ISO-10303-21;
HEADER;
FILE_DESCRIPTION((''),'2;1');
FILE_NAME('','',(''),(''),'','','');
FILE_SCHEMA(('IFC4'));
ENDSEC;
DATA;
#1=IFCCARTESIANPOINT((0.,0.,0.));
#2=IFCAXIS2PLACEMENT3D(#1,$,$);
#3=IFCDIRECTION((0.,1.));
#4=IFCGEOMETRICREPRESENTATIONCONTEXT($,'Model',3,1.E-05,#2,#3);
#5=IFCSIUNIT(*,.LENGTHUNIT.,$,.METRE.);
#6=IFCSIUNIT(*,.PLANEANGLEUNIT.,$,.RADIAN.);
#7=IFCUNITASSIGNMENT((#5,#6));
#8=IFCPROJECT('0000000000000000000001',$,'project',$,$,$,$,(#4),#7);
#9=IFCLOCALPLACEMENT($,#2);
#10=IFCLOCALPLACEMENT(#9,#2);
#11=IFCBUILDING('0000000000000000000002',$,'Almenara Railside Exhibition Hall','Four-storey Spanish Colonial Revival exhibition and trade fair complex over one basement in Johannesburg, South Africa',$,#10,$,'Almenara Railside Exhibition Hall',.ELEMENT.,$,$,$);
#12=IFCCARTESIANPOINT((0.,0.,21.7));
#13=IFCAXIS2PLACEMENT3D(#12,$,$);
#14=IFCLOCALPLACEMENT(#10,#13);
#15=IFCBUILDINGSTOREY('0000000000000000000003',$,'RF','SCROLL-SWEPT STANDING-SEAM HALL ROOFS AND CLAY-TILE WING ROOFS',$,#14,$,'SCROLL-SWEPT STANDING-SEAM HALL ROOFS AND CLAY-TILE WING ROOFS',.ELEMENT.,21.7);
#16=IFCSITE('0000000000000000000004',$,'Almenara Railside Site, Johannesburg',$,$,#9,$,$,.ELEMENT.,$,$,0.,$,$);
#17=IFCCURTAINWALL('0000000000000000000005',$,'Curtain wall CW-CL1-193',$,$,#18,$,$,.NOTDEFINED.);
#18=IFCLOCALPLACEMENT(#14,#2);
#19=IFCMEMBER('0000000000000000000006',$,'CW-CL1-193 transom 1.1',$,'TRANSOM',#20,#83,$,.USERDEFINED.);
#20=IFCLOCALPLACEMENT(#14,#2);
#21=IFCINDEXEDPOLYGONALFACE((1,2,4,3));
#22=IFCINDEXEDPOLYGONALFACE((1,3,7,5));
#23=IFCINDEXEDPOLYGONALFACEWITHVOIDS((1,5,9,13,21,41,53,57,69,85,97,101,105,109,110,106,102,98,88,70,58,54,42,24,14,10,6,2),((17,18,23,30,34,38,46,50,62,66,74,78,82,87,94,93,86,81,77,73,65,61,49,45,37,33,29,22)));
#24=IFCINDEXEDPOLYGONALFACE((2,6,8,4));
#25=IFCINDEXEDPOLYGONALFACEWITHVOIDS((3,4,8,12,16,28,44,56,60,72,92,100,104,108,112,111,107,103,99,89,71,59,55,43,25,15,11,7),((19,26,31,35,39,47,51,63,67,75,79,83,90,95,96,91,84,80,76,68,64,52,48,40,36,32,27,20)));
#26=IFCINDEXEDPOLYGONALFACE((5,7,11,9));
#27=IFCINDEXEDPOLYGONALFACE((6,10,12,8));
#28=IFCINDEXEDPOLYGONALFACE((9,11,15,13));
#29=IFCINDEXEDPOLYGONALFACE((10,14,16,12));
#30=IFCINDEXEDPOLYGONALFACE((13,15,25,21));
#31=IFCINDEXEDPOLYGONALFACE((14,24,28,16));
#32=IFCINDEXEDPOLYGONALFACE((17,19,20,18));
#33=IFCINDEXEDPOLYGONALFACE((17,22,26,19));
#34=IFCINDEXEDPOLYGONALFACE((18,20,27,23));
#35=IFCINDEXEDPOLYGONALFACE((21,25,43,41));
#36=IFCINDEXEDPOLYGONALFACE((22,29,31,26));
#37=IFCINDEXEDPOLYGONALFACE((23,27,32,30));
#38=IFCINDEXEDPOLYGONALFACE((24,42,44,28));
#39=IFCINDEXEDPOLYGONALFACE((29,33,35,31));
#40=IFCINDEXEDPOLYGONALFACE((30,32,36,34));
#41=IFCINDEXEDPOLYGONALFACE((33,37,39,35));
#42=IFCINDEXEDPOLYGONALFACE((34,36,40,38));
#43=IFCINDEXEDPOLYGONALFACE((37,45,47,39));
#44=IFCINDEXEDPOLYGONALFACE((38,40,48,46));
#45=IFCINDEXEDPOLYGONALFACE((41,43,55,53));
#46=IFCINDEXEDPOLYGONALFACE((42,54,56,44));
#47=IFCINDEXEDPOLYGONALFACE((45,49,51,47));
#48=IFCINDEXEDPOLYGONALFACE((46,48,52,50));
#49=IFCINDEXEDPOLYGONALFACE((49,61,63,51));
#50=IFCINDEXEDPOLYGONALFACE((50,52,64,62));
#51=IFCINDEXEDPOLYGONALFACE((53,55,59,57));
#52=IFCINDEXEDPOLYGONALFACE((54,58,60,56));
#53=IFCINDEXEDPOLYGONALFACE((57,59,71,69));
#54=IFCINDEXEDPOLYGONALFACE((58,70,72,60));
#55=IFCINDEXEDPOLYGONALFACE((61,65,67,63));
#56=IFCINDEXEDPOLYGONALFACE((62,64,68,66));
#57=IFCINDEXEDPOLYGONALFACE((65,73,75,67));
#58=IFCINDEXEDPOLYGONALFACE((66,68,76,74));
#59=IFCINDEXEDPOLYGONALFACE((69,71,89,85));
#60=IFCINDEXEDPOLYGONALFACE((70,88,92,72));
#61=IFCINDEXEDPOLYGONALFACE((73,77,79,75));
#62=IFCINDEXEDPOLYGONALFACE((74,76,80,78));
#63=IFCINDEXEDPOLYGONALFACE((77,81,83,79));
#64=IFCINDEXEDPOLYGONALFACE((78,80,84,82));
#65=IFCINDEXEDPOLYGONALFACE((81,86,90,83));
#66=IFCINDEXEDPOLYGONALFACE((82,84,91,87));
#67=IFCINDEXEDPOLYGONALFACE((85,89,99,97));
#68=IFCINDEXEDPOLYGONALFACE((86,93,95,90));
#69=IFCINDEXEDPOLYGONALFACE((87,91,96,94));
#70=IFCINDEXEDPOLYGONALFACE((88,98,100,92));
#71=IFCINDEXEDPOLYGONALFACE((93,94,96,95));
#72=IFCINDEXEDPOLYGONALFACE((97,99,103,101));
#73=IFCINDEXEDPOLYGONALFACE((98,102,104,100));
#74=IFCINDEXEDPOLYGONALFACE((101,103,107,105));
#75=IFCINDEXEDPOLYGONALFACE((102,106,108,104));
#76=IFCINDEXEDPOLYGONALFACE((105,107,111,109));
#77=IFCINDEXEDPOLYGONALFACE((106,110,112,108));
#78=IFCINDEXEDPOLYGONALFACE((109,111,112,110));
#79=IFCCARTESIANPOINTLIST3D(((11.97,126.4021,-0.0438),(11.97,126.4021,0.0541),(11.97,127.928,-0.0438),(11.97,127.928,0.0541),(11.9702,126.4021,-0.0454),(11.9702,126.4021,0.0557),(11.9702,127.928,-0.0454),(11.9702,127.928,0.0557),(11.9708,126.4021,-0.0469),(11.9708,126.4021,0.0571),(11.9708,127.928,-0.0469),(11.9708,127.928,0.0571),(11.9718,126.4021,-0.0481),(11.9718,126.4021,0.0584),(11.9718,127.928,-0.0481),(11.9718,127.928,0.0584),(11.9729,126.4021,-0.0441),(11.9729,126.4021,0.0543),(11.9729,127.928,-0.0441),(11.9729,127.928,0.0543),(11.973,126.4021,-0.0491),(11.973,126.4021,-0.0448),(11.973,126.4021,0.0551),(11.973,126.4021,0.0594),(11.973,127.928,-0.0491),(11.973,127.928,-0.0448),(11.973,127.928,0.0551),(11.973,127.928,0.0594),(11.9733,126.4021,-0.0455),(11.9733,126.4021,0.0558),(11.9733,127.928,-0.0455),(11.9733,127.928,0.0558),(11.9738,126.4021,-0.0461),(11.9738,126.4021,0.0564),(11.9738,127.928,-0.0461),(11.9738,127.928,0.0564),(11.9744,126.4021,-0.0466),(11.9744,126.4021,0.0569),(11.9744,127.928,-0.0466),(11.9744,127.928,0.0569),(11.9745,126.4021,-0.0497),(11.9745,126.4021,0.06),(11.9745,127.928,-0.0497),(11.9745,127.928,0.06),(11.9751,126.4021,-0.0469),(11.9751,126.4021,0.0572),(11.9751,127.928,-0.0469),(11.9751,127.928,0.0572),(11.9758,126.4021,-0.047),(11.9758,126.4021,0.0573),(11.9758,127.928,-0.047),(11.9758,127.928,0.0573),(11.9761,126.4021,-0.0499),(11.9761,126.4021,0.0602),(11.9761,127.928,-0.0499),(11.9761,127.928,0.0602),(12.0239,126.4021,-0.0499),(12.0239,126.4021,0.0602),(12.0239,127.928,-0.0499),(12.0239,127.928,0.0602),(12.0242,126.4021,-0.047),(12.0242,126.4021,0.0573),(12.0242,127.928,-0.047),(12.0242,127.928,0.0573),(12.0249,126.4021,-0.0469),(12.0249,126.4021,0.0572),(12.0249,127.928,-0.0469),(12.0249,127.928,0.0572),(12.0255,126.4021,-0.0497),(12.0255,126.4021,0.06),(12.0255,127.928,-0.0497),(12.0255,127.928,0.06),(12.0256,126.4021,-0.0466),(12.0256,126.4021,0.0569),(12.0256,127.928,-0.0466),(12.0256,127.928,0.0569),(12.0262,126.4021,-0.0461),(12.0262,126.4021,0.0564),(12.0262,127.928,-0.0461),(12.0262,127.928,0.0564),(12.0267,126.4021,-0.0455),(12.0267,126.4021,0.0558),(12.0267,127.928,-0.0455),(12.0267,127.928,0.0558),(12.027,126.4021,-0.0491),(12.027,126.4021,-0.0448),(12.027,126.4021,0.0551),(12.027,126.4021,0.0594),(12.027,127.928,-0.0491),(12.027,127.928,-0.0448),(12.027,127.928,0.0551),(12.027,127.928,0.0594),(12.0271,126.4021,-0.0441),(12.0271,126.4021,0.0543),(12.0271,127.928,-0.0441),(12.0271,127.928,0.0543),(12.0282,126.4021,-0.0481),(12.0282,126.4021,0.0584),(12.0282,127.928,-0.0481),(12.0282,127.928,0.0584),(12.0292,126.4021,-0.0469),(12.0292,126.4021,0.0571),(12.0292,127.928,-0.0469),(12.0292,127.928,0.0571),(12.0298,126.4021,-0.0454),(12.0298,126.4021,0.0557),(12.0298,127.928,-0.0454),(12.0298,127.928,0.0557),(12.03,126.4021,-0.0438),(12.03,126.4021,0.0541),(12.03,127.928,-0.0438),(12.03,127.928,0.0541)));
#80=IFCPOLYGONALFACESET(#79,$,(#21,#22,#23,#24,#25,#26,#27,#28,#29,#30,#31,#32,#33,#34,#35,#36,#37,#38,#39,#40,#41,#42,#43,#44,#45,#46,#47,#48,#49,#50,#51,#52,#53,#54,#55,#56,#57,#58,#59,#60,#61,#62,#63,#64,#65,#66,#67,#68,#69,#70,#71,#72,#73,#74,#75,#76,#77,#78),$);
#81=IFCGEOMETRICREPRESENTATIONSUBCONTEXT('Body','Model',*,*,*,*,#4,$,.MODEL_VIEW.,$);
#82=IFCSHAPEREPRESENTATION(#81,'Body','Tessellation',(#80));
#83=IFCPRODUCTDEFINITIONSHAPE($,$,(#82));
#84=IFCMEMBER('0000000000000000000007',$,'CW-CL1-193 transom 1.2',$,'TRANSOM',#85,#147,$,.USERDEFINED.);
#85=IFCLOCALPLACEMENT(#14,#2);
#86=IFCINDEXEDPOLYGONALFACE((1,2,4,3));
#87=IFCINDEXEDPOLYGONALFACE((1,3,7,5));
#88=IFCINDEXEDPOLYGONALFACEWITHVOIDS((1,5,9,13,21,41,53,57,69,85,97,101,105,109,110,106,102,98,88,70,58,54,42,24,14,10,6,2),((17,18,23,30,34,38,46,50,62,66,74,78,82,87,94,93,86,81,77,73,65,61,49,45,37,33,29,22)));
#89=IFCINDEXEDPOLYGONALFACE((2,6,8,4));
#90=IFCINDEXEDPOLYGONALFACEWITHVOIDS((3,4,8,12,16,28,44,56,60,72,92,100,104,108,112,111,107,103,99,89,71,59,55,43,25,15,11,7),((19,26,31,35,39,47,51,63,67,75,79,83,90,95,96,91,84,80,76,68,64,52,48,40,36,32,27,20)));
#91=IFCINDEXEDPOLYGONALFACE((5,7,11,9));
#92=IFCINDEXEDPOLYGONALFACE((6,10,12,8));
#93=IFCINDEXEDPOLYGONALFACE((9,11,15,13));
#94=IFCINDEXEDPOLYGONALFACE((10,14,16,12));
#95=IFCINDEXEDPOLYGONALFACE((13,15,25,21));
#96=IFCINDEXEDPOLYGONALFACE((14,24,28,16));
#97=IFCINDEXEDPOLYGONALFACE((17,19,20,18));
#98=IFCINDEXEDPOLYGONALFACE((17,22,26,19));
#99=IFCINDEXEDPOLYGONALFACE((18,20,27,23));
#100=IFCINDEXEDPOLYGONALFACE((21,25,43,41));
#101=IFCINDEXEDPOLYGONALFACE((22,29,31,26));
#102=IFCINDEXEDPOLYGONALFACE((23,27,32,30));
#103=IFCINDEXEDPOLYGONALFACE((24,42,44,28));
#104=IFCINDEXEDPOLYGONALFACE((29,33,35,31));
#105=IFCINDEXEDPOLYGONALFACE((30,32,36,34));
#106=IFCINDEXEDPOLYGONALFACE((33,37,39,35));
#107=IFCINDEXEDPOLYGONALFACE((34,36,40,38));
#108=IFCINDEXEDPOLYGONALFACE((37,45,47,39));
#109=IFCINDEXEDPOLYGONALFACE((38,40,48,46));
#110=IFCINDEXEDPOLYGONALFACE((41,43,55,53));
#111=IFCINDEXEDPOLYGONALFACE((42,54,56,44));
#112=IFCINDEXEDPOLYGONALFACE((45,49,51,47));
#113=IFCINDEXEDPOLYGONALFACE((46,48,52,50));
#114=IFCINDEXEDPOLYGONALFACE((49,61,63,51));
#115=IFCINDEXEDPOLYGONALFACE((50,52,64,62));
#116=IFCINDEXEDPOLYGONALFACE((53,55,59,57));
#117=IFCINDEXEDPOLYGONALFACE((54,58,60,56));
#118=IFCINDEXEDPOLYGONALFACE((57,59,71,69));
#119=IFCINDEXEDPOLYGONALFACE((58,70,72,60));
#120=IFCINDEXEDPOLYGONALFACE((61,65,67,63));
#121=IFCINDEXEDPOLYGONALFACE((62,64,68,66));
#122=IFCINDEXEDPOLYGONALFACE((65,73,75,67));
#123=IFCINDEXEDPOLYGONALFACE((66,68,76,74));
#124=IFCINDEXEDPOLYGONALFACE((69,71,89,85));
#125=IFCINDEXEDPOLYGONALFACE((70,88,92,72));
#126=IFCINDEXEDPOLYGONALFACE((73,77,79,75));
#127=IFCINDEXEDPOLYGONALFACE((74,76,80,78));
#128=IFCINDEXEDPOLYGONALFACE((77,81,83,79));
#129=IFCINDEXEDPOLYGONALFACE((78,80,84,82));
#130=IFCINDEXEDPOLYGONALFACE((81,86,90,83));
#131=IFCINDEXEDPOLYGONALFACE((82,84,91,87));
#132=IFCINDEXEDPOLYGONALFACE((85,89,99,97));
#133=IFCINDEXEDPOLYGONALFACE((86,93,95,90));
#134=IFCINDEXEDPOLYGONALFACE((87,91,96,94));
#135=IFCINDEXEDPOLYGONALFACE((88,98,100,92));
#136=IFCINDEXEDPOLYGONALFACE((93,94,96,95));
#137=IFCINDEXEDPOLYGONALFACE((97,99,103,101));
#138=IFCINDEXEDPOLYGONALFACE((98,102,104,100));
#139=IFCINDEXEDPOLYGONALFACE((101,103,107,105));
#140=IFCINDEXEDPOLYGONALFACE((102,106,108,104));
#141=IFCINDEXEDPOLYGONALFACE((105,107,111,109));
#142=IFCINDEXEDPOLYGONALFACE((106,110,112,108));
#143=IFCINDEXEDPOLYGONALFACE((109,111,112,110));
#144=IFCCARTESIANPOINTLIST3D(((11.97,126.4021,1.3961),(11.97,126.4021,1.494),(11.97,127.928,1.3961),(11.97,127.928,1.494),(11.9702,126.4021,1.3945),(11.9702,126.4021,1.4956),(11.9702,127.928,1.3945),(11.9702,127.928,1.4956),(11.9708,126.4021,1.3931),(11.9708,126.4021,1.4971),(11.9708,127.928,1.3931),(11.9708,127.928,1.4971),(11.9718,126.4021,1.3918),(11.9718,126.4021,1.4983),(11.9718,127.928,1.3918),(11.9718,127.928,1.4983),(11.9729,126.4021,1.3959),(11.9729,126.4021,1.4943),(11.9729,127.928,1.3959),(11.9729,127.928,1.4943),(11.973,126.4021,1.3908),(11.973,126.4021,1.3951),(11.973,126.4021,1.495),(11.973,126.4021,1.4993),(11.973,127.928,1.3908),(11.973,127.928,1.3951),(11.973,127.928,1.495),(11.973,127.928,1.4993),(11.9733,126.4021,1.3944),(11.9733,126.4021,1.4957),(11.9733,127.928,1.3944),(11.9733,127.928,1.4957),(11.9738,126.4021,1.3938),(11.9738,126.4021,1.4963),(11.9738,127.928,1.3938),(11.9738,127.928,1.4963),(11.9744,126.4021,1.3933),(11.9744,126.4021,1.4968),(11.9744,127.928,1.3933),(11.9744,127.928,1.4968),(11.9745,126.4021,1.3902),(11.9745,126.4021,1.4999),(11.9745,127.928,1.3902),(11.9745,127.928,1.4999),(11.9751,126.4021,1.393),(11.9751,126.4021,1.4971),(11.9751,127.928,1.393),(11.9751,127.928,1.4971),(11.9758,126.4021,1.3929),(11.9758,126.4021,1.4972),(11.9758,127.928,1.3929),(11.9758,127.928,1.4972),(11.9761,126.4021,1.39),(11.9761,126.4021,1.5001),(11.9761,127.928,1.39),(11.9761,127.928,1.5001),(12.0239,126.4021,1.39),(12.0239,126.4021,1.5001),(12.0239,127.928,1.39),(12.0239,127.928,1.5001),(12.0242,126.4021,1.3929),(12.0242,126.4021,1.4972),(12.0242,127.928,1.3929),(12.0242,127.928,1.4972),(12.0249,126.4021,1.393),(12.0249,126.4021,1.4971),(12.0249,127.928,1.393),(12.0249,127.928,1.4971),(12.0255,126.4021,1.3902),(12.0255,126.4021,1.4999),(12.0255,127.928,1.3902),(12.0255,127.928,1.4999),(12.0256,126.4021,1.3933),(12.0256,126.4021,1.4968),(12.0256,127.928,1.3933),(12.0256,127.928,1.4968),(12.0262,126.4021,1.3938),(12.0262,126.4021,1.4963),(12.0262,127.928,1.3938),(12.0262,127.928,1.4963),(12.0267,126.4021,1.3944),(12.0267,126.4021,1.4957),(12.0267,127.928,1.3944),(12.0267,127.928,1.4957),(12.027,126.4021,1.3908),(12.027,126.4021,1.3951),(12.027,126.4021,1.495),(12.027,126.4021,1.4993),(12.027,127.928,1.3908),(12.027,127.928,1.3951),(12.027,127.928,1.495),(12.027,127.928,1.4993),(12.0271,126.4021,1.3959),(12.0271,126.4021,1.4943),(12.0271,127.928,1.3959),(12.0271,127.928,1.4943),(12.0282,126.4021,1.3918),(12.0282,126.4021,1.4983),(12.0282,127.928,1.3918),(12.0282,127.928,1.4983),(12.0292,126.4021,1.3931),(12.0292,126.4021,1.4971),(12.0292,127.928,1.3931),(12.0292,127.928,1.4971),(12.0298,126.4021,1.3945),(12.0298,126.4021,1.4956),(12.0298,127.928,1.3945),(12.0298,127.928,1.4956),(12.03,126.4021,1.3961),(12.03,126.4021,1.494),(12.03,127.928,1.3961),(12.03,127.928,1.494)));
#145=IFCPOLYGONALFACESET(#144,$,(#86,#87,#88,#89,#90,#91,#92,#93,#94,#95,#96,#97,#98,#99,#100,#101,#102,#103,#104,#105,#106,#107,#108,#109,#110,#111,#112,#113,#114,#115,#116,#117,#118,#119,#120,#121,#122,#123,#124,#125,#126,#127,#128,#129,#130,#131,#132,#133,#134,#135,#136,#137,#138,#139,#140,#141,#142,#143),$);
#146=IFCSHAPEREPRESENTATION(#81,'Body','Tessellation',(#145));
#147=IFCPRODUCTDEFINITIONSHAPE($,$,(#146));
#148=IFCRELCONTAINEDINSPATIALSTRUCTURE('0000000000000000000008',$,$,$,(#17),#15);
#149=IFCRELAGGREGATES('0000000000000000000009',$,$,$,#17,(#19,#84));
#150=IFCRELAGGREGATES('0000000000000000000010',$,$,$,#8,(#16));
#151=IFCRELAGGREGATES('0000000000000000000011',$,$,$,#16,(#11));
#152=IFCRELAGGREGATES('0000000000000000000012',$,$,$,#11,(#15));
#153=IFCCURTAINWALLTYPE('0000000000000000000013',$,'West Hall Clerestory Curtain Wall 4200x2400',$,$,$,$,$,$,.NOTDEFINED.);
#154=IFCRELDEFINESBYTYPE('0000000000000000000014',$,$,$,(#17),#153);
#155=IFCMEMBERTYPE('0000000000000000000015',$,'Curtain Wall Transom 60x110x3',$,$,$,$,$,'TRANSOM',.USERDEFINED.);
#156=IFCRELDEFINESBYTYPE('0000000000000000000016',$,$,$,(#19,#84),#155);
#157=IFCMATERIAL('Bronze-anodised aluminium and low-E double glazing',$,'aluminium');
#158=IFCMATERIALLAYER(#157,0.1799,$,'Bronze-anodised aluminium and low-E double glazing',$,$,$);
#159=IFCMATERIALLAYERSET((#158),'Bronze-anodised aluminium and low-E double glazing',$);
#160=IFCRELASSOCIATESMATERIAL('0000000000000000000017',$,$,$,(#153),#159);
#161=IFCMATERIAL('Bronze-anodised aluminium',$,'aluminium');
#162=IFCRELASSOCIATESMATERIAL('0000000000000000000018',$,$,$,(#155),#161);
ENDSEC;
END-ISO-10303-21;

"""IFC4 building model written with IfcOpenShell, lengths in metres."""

from ifc_helpers import new_model, si_unit, direction, frame, origin, origin_2d, place, context, subcontext, project, spatial, hollow_rectangle, extrude, material, layer, layer_set, material_profile, profile_set, type_object, element, aggregate, save


model = new_model("IFC4")

# Units and contexts
model_context = context("Model", 3, precision=1e-05, world=origin(), true_north=direction((0.0, 1.0)))
body_context = subcontext(model_context, "Body", "Model", "MODEL_VIEW")
ifc_project = project(units=[si_unit("LENGTHUNIT", "METRE"), si_unit("PLANEANGLEUNIT", "RADIAN")], contexts=[model_context])

# Site, building, storey
site_placement = place(None, origin())
site = spatial("IfcSite", under=ifc_project, at=site_placement, Name="Almenara Railside Site, Johannesburg", CompositionType="ELEMENT", RefElevation=0.0)
building_placement = place(site_placement, origin())
building = spatial("IfcBuilding", under=site, at=building_placement, Name="Almenara Railside Exhibition Hall", Description="Four-storey Spanish Colonial Revival exhibition and trade fair complex over one basement in Johannesburg, South Africa", LongName="Almenara Railside Exhibition Hall", CompositionType="ELEMENT")
storey_placement = place(building_placement, frame((0.0, 0.0, 21.7)))
storey = spatial("IfcBuildingStorey", under=building, at=storey_placement, Name="RF", Description="SCROLL-SWEPT STANDING-SEAM HALL ROOFS AND CLAY-TILE WING ROOFS", LongName="SCROLL-SWEPT STANDING-SEAM HALL ROOFS AND CLAY-TILE WING ROOFS", CompositionType="ELEMENT", Elevation=21.7)

# Curtain wall
ifc_material_1 = material(Name="Bronze-anodised aluminium and low-E double glazing", Category="aluminium")
ifc_layer_1 = layer(ifc_material_1, 0.1799, Name="Bronze-anodised aluminium and low-E double glazing")
ifc_layer_set_1 = layer_set([ifc_layer_1], Name="Bronze-anodised aluminium and low-E double glazing")
curtain_wall_type_1 = type_object("IfcCurtainWallType", Name="West Hall Clerestory Curtain Wall 4200x2400", PredefinedType="NOTDEFINED", material=ifc_layer_set_1)
curtain_wall_1_placement = place(storey_placement, origin())
curtain_wall_1 = element("IfcCurtainWall", 1, at=curtain_wall_1_placement, inside=storey, type_object=curtain_wall_type_1, Name="Curtain wall CW-CL1-193", PredefinedType="NOTDEFINED")
ifc_material_2 = material(Name="Bronze-anodised aluminium", Category="aluminium")

# Members
ifc_material_profile_1 = material_profile(ifc_material_2, hollow_rectangle(XDim=0.0601, YDim=0.1101, WallThickness=0.0029, InnerFilletRadius=0.0029, OuterFilletRadius=0.0061, at=origin_2d()), Name="ALU-TRN 60x110x3")
ifc_profile_set_1 = profile_set([ifc_material_profile_1], Name="Bronze-anodised aluminium")
member_type_1 = type_object("IfcMemberType", Name="Curtain Wall Transom 60x110x3", ElementType="TRANSOM", PredefinedType="USERDEFINED", material=ifc_profile_set_1)
member_1_placement = place(storey_placement, frame((12.0, 126.4021, 0.0051), z_axis=(0.0, 1.0, 0.0), x_axis=(-1.0, 0.0, 0.0)))
member_1 = element("IfcMember", 2, at=member_1_placement, type_object=member_type_1, Name="CW-CL1-193 transom 1.1", ObjectType="TRANSOM", PredefinedType="USERDEFINED", context=body_context, shape_type="SweptSolid", body=[
    extrude(hollow_rectangle(XDim=0.0601, YDim=0.1101, WallThickness=0.0029, InnerFilletRadius=0.0029, OuterFilletRadius=0.0061, at=origin_2d()), origin(), (0.0, 0.0, 1.0), 1.5259),
])
member_2_placement = place(storey_placement, frame((12.0, 126.4021, 1.4451), z_axis=(0.0, 1.0, 0.0), x_axis=(-1.0, 0.0, 0.0)))
member_2 = element("IfcMember", 3, at=member_2_placement, type_object=member_type_1, Name="CW-CL1-193 transom 1.2", ObjectType="TRANSOM", PredefinedType="USERDEFINED", context=body_context, shape_type="SweptSolid", body=[
    extrude(hollow_rectangle(XDim=0.0601, YDim=0.1101, WallThickness=0.0029, InnerFilletRadius=0.0029, OuterFilletRadius=0.0061, at=origin_2d()), origin(), (0.0, 0.0, 1.0), 1.5259),
])

aggregate(curtain_wall_1, [member_1, member_2])

save(model, "model.ifc")
